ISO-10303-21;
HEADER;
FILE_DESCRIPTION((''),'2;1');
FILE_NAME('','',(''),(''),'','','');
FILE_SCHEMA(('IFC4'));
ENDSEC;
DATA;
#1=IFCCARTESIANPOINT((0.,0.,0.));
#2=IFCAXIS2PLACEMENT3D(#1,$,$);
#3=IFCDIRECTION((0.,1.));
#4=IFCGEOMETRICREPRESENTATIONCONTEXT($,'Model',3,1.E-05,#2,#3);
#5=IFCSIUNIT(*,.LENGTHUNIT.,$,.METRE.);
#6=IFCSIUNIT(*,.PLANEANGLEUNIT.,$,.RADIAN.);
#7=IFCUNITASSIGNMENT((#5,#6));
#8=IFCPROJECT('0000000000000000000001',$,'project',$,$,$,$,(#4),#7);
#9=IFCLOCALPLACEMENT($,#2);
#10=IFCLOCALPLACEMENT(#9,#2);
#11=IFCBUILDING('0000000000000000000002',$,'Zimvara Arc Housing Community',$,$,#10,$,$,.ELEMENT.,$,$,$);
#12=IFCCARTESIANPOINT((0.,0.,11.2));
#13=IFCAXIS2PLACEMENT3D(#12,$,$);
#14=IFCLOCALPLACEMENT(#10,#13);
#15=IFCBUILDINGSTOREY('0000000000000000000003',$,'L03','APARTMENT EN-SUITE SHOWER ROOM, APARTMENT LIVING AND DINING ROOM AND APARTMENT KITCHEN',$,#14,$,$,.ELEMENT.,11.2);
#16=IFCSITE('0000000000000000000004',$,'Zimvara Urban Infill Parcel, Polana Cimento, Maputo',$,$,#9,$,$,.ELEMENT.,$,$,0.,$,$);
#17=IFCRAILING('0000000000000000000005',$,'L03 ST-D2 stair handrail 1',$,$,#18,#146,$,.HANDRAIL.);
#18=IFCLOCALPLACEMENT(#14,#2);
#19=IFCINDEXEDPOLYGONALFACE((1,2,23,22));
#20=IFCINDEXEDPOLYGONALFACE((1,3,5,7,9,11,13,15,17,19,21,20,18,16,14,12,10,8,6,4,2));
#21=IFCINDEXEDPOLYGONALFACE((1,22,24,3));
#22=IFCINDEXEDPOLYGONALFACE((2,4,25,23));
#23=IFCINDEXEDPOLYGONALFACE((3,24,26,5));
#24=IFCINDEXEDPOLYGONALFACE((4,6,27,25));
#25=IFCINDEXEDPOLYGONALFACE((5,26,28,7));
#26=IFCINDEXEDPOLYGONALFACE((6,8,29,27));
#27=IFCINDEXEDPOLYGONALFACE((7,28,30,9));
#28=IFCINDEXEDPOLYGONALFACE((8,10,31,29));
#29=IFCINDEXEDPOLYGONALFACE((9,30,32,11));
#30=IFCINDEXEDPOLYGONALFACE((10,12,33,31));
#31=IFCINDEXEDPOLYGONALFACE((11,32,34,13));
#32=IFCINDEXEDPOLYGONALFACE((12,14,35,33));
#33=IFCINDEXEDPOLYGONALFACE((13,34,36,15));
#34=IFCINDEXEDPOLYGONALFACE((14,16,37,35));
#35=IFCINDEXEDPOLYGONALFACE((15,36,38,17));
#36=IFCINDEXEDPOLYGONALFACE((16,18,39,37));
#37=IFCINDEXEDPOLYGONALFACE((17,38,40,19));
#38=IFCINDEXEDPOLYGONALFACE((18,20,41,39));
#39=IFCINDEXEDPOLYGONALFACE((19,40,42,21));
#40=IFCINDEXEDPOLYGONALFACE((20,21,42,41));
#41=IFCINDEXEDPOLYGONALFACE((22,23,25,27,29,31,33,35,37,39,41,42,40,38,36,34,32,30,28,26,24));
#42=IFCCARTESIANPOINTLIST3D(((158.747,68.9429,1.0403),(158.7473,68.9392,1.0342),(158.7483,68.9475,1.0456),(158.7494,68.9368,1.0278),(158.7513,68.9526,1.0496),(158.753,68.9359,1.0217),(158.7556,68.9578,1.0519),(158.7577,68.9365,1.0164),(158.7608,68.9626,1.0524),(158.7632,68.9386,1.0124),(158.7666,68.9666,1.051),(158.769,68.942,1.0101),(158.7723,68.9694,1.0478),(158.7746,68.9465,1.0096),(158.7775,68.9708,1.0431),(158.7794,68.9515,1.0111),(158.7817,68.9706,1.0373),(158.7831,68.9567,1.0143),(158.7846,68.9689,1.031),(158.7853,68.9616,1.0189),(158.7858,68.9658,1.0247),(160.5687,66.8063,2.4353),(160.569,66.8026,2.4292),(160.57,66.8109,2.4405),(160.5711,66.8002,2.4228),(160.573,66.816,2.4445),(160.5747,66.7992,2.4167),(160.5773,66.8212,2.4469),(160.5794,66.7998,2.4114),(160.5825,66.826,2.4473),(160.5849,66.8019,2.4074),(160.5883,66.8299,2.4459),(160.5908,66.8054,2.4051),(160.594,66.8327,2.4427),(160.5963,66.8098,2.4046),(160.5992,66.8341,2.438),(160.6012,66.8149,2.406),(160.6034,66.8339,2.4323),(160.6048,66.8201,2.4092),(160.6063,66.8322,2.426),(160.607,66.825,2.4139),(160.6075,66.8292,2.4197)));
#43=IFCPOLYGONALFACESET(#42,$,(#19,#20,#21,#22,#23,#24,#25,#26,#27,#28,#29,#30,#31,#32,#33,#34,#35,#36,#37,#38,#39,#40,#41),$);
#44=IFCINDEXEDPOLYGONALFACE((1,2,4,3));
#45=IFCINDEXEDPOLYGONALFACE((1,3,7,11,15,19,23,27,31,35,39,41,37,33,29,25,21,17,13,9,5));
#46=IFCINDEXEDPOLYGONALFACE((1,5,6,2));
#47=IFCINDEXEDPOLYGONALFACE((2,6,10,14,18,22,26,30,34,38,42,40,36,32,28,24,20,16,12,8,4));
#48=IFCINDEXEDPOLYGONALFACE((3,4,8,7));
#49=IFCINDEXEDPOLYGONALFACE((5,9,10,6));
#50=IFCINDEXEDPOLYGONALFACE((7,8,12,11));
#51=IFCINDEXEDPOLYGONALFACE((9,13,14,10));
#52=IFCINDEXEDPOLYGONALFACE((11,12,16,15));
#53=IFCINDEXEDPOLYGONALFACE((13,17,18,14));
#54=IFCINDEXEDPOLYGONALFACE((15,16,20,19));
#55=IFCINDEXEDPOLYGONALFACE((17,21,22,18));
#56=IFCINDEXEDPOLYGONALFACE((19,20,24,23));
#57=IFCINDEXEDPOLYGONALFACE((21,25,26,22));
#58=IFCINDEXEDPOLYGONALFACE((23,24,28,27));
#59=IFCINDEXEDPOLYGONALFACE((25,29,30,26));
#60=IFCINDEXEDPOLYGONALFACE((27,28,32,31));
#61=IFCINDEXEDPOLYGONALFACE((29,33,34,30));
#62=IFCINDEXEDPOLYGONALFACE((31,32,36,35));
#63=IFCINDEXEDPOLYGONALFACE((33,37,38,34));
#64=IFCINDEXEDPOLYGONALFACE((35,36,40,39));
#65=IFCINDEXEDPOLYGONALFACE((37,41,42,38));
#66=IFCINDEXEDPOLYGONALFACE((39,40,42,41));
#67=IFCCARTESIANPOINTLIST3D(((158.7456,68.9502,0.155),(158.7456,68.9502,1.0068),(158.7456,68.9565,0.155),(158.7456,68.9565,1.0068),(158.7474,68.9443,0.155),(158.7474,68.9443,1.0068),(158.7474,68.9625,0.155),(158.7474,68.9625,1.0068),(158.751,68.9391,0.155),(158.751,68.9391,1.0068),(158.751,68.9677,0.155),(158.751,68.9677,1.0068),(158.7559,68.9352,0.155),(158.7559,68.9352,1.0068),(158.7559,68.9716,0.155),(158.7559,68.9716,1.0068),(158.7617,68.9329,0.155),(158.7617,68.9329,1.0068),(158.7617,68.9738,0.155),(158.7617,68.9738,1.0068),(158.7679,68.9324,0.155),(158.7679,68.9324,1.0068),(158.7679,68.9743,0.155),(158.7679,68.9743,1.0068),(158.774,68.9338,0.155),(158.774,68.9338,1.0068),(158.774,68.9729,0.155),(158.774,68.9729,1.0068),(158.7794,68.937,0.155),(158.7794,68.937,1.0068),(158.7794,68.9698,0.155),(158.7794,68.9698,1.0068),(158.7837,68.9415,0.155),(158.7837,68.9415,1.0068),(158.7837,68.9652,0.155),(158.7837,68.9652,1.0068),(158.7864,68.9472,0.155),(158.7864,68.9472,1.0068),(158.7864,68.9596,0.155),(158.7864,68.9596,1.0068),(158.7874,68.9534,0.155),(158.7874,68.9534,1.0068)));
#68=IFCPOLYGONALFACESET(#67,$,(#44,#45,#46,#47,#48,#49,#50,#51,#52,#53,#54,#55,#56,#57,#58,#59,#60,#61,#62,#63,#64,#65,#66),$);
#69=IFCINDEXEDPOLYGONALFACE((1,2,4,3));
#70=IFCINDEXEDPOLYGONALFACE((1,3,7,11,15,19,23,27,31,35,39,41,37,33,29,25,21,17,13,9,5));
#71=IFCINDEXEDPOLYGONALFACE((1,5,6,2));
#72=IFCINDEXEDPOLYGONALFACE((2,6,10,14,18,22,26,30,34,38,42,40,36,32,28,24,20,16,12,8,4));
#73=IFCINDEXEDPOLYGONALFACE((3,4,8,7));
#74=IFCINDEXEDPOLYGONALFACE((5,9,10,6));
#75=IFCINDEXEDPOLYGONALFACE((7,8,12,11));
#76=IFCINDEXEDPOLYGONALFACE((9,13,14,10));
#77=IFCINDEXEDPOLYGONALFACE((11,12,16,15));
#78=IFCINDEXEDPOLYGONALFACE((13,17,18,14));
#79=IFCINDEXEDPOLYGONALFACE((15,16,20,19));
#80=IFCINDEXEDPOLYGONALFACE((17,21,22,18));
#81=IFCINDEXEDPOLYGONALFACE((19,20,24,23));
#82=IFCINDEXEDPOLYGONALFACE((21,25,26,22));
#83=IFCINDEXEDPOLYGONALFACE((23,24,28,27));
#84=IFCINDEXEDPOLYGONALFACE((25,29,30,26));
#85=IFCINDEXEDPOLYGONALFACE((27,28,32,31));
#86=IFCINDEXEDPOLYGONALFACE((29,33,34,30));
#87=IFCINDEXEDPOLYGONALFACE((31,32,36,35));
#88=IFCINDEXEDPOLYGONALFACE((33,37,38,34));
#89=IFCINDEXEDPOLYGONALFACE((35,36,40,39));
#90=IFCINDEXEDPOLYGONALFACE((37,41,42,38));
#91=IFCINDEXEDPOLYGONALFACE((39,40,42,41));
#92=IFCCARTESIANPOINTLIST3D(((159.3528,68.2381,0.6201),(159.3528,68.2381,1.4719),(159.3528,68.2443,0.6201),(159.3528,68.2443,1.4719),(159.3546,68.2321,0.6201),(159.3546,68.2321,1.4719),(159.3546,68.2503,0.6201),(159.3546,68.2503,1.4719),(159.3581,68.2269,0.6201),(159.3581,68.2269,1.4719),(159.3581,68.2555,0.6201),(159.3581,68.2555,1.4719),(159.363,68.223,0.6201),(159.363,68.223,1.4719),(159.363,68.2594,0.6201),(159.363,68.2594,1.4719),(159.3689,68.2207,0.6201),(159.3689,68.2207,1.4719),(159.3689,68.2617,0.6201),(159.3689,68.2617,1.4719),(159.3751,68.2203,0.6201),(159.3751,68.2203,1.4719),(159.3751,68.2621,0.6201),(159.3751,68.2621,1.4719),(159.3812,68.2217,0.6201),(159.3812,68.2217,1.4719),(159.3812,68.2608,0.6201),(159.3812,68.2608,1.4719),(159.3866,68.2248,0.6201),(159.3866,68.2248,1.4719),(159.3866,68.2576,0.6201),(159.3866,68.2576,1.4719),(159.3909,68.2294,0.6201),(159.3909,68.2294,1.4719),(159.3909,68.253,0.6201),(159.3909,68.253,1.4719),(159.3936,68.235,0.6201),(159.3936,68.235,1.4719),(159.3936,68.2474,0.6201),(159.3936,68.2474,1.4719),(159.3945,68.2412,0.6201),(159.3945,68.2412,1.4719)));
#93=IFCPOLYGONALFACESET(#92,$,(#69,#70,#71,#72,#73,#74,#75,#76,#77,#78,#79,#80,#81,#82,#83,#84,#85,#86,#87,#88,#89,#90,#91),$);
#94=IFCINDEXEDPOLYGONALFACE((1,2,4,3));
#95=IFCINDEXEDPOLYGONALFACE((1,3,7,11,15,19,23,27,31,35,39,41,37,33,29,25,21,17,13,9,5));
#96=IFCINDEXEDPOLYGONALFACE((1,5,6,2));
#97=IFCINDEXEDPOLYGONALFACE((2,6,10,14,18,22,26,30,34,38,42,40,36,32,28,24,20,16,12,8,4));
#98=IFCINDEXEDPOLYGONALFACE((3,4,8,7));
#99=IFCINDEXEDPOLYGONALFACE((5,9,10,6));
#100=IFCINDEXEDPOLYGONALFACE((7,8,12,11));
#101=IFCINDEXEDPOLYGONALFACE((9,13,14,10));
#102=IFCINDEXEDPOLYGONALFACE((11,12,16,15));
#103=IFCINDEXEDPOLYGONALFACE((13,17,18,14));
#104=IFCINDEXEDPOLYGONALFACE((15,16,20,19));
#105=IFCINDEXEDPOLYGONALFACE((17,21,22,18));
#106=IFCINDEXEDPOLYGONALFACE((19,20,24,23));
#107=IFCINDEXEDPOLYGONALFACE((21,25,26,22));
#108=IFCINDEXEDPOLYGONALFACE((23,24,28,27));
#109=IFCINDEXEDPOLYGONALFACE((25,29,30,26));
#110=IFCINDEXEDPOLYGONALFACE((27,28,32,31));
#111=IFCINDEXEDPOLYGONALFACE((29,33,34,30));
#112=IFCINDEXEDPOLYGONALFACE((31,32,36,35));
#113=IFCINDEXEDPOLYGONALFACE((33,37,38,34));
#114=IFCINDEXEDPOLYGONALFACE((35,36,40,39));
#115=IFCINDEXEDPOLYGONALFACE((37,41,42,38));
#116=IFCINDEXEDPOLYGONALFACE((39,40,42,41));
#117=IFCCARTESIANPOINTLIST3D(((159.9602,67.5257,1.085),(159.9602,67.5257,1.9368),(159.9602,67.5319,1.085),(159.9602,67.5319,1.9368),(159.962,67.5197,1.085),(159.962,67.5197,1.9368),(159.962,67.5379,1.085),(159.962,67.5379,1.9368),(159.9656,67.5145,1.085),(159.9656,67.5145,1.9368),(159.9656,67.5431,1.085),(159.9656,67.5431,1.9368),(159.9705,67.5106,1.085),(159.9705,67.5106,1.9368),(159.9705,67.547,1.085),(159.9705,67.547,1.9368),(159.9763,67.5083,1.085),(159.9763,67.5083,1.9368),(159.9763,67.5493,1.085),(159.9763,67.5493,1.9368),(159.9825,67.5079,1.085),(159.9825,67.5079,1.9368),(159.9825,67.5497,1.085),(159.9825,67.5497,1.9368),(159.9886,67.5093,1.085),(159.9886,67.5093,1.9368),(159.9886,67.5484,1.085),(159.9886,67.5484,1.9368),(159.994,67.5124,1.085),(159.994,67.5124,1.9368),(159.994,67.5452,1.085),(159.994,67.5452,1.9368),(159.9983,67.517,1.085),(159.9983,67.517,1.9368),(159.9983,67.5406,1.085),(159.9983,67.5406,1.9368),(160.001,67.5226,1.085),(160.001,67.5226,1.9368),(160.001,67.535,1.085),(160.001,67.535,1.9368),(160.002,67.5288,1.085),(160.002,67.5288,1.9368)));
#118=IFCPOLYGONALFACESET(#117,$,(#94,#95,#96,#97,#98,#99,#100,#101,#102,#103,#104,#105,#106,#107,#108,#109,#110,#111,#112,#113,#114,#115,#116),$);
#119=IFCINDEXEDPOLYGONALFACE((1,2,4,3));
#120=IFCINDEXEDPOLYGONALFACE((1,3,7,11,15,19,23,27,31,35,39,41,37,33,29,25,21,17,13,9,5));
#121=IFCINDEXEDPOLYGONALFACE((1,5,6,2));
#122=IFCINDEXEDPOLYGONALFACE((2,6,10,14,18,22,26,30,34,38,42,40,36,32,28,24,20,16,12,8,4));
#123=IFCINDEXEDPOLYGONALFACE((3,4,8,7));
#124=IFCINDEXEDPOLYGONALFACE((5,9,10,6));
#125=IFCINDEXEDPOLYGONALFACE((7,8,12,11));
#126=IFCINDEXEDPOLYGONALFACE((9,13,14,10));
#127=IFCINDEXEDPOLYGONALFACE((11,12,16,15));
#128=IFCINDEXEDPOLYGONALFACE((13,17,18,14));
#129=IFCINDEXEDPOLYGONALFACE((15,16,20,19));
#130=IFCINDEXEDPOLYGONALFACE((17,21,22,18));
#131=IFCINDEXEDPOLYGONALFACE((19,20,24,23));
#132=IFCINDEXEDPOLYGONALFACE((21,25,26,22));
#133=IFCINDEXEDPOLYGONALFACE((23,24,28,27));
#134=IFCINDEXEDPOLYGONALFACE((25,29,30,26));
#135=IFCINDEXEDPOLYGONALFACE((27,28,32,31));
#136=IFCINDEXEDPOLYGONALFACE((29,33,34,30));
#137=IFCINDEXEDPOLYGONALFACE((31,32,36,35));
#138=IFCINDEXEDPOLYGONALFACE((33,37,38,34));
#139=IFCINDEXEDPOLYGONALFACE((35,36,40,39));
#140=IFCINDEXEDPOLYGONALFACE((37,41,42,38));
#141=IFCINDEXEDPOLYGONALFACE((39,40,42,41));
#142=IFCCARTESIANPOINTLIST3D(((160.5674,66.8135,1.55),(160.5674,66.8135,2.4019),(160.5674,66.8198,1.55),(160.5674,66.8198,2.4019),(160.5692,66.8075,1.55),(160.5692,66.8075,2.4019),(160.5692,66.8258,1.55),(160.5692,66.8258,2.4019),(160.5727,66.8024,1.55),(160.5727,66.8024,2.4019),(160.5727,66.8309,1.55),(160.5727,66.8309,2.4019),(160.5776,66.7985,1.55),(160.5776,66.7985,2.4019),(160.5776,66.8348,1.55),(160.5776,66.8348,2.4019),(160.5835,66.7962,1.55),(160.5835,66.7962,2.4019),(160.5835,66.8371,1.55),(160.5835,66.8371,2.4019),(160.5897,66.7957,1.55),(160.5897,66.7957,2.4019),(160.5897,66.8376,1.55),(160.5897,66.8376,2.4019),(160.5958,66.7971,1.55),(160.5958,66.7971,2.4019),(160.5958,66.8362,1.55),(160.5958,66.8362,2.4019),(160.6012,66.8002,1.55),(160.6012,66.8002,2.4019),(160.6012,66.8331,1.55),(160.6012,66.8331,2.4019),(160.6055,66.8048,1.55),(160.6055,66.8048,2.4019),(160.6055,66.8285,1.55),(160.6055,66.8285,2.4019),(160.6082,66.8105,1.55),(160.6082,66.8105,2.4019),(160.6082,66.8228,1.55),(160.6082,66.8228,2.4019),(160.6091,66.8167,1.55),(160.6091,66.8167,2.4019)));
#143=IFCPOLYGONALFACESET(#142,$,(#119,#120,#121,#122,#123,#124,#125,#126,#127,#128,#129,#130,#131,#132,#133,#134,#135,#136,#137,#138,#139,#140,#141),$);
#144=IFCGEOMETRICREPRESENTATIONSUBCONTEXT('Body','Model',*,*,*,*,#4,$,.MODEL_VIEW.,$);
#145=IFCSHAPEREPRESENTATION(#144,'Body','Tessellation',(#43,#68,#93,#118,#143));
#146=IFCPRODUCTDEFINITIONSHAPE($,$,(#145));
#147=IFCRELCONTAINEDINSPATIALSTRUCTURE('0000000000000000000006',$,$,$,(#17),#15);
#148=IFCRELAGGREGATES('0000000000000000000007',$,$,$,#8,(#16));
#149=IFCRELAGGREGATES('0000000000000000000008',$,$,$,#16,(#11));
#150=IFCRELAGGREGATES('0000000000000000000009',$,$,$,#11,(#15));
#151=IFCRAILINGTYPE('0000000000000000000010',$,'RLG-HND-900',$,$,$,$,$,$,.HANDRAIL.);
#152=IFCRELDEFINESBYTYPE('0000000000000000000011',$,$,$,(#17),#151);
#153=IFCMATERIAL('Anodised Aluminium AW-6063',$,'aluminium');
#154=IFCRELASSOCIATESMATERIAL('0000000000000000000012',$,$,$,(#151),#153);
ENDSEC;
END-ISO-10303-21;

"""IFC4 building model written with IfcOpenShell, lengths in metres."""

from ifc_helpers import new_model, si_unit, direction, frame, origin, origin_2d, place, context, subcontext, project, spatial, circle, extrude, material, type_object, element, save


model = new_model("IFC4")

# Units and contexts
model_context = context("Model", 3, precision=1e-05, world=origin(), true_north=direction((0.0, 1.0)))
body_context = subcontext(model_context, "Body", "Model", "MODEL_VIEW")
ifc_project = project(units=[si_unit("LENGTHUNIT", "METRE"), si_unit("PLANEANGLEUNIT", "RADIAN")], contexts=[model_context])

# Site, building, storey
site_placement = place(None, origin())
site = spatial("IfcSite", under=ifc_project, at=site_placement, Name="Zimvara Urban Infill Parcel, Polana Cimento, Maputo", CompositionType="ELEMENT", RefElevation=0.0)
building_placement = place(site_placement, origin())
building = spatial("IfcBuilding", under=site, at=building_placement, Name="Zimvara Arc Housing Community", CompositionType="ELEMENT")
storey_placement = place(building_placement, frame((0.0, 0.0, 11.2)))
storey = spatial("IfcBuildingStorey", under=building, at=storey_placement, Name="L03", Description="APARTMENT EN-SUITE SHOWER ROOM, APARTMENT LIVING AND DINING ROOM AND APARTMENT KITCHEN", CompositionType="ELEMENT", Elevation=11.2)

# Railing
ifc_material_1 = material(Name="Anodised Aluminium AW-6063", Category="aluminium")
railing_type_1 = type_object("IfcRailingType", Name="RLG-HND-900", PredefinedType="HANDRAIL", material=ifc_material_1)
railing_1_placement = place(storey_placement, frame((158.7664, 68.9534, 0.155)))
element("IfcRailing", 1, at=railing_1_placement, inside=storey, type_object=railing_type_1, Name="L03 ST-D2 stair handrail 1", PredefinedType="HANDRAIL", context=body_context, shape_type="SweptSolid", body=[
    extrude(circle(Radius=0.0239, at=origin_2d()), frame((0.0, 0.0, 0.876), z_axis=(0.581041, -0.681489, 0.44493), x_axis=(0.76096, 0.648799, 0.0)), (0.0, 0.0, 1.0), 3.1353),
    extrude(circle(Radius=0.021, at=origin_2d()), origin(), (0.0, 0.0, 1.0), 0.8518),
    extrude(circle(Radius=0.021, at=origin_2d()), frame((0.6072, -0.7122, 0.4651)), (0.0, 0.0, 1.0), 0.8518),
    extrude(circle(Radius=0.021, at=origin_2d()), frame((1.2146, -1.4246, 0.9299)), (0.0, 0.0, 1.0), 0.8518),
    extrude(circle(Radius=0.021, at=origin_2d()), frame((1.8218, -2.1367, 1.395)), (0.0, 0.0, 1.0), 0.8518),
])

save(model, "model.ifc")
